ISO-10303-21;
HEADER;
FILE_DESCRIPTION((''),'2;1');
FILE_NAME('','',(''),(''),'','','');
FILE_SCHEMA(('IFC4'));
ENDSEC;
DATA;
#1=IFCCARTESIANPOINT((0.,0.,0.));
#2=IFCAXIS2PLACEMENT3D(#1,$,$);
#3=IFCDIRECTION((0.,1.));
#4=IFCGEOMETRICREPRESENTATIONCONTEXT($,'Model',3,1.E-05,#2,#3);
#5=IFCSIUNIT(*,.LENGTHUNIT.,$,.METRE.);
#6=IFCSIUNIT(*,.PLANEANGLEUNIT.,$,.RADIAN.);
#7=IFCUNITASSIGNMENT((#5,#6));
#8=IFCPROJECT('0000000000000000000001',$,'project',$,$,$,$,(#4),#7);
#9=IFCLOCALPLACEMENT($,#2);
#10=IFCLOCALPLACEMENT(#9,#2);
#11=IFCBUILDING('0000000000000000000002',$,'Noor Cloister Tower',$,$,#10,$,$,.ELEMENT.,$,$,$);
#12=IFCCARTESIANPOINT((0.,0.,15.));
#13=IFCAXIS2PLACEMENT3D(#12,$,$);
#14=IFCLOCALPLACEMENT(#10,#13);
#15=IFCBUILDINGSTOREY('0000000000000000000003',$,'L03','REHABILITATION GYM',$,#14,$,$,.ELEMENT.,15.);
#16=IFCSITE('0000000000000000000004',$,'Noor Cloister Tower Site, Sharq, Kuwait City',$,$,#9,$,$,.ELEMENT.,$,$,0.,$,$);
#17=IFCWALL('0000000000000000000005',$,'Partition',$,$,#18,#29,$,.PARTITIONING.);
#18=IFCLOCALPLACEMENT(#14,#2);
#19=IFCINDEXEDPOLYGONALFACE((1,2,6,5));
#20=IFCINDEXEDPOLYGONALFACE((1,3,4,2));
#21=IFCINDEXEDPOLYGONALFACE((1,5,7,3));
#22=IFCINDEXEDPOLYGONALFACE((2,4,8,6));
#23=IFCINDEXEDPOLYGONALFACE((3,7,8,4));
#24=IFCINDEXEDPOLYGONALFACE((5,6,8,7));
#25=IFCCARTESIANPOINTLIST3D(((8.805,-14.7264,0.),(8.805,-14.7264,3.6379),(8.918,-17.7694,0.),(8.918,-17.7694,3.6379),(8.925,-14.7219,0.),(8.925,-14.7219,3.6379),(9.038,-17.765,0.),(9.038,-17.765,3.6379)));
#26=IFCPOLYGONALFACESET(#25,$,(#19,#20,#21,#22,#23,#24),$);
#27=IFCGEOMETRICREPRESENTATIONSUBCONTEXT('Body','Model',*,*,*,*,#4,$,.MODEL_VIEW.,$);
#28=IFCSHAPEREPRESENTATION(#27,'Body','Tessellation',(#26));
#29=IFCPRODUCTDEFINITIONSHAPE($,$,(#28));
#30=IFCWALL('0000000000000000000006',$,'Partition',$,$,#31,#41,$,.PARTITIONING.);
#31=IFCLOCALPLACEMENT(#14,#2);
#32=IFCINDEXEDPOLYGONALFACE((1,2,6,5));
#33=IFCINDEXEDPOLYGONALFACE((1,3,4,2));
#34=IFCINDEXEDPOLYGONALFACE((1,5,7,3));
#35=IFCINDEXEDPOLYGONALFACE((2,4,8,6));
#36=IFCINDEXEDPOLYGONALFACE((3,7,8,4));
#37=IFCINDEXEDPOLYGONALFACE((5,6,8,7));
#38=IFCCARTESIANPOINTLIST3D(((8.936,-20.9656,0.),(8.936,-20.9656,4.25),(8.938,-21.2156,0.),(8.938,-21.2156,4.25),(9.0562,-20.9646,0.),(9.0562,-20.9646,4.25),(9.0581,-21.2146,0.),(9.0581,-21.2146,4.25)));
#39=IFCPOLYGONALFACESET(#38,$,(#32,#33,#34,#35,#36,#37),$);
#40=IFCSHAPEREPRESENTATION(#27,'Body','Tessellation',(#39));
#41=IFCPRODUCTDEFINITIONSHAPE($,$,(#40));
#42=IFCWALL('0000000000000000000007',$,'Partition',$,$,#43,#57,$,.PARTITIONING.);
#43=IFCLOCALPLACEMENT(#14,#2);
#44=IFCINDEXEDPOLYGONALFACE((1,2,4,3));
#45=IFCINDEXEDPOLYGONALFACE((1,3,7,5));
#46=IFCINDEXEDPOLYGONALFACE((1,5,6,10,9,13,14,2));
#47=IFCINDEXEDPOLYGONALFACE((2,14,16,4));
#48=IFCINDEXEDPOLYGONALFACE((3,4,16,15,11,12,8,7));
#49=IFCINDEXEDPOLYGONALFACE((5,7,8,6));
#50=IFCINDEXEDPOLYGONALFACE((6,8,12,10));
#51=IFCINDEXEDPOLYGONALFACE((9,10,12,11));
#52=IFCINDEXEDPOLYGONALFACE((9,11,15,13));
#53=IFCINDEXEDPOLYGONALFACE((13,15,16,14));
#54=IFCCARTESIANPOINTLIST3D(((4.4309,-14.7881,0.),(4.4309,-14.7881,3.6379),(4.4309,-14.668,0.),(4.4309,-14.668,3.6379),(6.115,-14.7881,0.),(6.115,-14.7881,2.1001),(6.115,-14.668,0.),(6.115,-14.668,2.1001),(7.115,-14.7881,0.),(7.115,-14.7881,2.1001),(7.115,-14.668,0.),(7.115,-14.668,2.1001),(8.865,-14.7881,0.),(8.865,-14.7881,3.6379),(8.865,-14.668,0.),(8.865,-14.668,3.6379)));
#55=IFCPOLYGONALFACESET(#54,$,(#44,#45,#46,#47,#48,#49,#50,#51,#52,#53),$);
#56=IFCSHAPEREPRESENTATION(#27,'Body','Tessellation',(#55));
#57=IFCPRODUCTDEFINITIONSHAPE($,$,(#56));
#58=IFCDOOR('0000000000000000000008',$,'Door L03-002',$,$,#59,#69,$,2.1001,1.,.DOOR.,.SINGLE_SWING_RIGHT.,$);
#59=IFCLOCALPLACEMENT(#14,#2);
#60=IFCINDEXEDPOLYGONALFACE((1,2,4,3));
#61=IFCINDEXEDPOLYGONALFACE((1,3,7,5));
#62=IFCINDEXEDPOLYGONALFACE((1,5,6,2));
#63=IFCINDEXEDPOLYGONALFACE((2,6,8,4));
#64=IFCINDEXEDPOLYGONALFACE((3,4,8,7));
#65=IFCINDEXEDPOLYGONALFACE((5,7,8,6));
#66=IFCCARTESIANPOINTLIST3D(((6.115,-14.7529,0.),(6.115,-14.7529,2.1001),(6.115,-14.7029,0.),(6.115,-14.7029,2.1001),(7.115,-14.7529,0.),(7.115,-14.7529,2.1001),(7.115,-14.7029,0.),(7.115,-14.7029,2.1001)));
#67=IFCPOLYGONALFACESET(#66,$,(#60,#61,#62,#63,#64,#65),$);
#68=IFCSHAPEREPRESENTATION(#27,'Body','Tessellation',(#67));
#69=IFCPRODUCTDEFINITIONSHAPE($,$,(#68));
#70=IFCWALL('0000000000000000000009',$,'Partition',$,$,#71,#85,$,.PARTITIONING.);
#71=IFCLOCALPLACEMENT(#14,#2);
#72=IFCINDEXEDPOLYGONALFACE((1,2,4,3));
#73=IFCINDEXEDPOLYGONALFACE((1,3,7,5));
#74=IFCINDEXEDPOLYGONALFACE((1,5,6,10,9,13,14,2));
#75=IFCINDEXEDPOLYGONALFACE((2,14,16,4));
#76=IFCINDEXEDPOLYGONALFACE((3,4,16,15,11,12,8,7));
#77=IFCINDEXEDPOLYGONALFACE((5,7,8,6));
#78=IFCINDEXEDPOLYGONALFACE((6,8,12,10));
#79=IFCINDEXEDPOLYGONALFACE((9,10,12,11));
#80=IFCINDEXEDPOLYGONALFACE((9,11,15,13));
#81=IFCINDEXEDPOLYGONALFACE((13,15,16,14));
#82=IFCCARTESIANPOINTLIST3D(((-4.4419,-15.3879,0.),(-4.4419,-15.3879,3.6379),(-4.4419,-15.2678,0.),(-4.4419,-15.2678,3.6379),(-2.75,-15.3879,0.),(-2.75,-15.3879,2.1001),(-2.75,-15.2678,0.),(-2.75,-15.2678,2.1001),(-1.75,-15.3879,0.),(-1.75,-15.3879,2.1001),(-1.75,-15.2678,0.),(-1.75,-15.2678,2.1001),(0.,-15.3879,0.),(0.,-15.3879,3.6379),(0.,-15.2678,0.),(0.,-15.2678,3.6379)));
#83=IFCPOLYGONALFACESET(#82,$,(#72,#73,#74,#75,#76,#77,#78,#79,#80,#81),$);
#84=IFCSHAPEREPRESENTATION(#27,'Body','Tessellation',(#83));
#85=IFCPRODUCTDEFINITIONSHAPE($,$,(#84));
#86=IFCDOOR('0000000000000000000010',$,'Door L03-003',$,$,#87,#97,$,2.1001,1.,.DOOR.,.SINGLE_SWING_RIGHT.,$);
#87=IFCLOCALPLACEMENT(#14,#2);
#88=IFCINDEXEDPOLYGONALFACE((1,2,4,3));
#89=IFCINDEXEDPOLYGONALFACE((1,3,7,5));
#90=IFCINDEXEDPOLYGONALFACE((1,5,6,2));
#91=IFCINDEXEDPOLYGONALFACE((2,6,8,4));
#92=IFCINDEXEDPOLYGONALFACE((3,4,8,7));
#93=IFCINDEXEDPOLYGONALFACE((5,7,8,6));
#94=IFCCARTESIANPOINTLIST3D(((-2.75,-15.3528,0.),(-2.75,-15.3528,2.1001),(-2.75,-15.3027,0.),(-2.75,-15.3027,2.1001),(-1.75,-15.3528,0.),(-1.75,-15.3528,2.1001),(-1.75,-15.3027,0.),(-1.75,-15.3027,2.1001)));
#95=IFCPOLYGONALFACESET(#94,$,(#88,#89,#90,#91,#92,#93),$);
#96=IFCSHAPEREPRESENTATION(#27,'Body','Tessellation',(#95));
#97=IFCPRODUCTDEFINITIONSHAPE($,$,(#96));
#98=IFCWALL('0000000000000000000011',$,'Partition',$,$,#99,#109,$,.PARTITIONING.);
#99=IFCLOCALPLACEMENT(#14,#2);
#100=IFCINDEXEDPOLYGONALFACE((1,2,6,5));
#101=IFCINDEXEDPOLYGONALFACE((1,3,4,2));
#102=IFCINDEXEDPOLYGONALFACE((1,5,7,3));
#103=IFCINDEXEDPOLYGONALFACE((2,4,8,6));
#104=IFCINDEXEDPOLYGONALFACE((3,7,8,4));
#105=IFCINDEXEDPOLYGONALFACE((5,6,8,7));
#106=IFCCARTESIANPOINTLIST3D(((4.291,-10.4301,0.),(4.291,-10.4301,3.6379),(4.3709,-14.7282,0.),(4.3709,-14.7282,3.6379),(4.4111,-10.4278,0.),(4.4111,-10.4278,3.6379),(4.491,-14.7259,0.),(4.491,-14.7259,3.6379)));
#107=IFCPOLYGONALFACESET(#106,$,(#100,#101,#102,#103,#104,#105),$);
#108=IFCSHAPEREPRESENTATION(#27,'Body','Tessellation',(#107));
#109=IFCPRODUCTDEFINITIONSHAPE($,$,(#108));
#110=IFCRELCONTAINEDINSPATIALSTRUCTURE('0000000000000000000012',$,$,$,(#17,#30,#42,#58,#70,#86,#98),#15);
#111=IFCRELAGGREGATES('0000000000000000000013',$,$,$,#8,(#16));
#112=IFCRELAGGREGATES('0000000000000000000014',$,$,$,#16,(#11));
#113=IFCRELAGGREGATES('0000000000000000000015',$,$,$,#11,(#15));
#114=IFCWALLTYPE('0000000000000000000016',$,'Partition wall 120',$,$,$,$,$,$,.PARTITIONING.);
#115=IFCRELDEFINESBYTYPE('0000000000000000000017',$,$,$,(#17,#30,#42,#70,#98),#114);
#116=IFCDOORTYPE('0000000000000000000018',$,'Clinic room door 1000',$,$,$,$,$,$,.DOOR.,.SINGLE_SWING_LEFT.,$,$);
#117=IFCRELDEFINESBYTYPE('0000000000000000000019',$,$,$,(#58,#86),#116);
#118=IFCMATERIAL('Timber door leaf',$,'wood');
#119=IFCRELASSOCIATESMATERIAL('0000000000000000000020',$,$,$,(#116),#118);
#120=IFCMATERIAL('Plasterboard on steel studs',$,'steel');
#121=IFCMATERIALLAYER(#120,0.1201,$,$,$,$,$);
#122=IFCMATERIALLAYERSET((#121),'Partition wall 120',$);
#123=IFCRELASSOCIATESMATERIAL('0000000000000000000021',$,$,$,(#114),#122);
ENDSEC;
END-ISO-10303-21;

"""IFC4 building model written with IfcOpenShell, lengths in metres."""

from ifc_helpers import new_model, si_unit, direction, frame, frame_2d, origin, place, context, subcontext, project, spatial, rectangle, extrude, material, layer, layer_set, type_object, element, fill, save


model = new_model("IFC4")

# Units and contexts
model_context = context("Model", 3, precision=1e-05, world=origin(), true_north=direction((0.0, 1.0)))
body_context = subcontext(model_context, "Body", "Model", "MODEL_VIEW")
ifc_project = project(units=[si_unit("LENGTHUNIT", "METRE"), si_unit("PLANEANGLEUNIT", "RADIAN")], contexts=[model_context])

# Site, building, storey
site_placement = place(None, origin())
site = spatial("IfcSite", under=ifc_project, at=site_placement, Name="Noor Cloister Tower Site, Sharq, Kuwait City", CompositionType="ELEMENT", RefElevation=0.0)
building_placement = place(site_placement, origin())
building = spatial("IfcBuilding", under=site, at=building_placement, Name="Noor Cloister Tower", CompositionType="ELEMENT")
storey_placement = place(building_placement, frame((0.0, 0.0, 15.0)))
storey = spatial("IfcBuildingStorey", under=building, at=storey_placement, Name="L03", Description="REHABILITATION GYM", CompositionType="ELEMENT", Elevation=15.0)

# Shared definitions
ifc_material_1 = material(Name="Timber door leaf", Category="wood")
door_type = type_object("IfcDoorType", Name="Clinic room door 1000", OperationType="SINGLE_SWING_LEFT", PredefinedType="DOOR", material=ifc_material_1)

# Shared definitions
ifc_material_2 = material(Name="Plasterboard on steel studs", Category="steel")
ifc_layer_1 = layer(ifc_material_2, 0.1201)
ifc_layer_set_1 = layer_set([ifc_layer_1], Name="Partition wall 120")
wall_type_1 = type_object("IfcWallType", Name="Partition wall 120", PredefinedType="PARTITIONING", material=ifc_layer_set_1)

# Walls
wall_1_placement = place(storey_placement, frame((8.978, -17.7671, 0.0), z_axis=(0.0, 0.0, 1.0), x_axis=(-0.037121, 0.999311, 0.0)))
element("IfcWall", 1, at=wall_1_placement, inside=storey, type_object=wall_type_1, Name="Partition", PredefinedType="PARTITIONING", context=body_context, shape_type="SweptSolid", body=[
    extrude(rectangle(XDim=3.0452, YDim=0.1201, at=frame_2d((1.5225, 0.0))), origin(), (0.0, 0.0, 1.0), 3.6379),
])
wall_2_placement = place(storey_placement, frame((8.998, -21.2151, 0.0), z_axis=(0.0, 0.0, 1.0), x_axis=(-0.007812, 0.999969, 0.0)))
element("IfcWall", 2, at=wall_2_placement, inside=storey, type_object=wall_type_1, Name="Partition", PredefinedType="PARTITIONING", context=body_context, shape_type="SweptSolid", body=[
    extrude(rectangle(XDim=0.25, YDim=0.1201, at=frame_2d((0.125, 0.0))), origin(), (0.0, 0.0, 1.0), 4.25),
])

# Walls, openings, doors
wall_3_placement = place(storey_placement, frame((8.865, -14.728, 0.0), z_axis=(0.0, 0.0, 1.0), x_axis=(-1.0, 0.0, 0.0)))
wall_3 = element("IfcWall", 3, at=wall_3_placement, inside=storey, type_object=wall_type_1, Name="Partition", PredefinedType="PARTITIONING", context=body_context, shape_type="SweptSolid", body=[
    extrude(rectangle(XDim=4.4341, YDim=0.1201, at=frame_2d((2.217, 0.0))), origin(), (0.0, 0.0, 1.0), 3.6379),
])
opening_1_placement = place(wall_3_placement, frame((1.75, 0.0, 0.0)))
opening_1 = element("IfcOpeningElement", 4, at=opening_1_placement, cuts=wall_3, PredefinedType="OPENING", context=body_context, shape_type="SweptSolid", body=[
    extrude(rectangle(XDim=1.0, YDim=2.1001, at=frame_2d((0.5, 1.05))), frame((0.0, 0.0701, 0.0), z_axis=(0.0, -1.0, 0.0), x_axis=(1.0, 0.0, 0.0)), (0.0, 0.0, 1.0), 0.1401),
])
door_1_placement = place(opening_1_placement, origin())
door_1 = element("IfcDoor", 5, at=door_1_placement, inside=storey, type_object=door_type, Name="Door L03-002", OperationType="SINGLE_SWING_RIGHT", OverallHeight=2.1001, OverallWidth=1.0, PredefinedType="DOOR", context=body_context, shape_type="SweptSolid", body=[
    extrude(rectangle(XDim=1.0, YDim=2.1001, at=frame_2d((0.5, 1.05))), frame((0.0, 0.0249, 0.0), z_axis=(0.0, -1.0, 0.0), x_axis=(1.0, 0.0, 0.0)), (0.0, 0.0, 1.0), 0.05),
])
fill(opening_1, door_1)
wall_4_placement = place(storey_placement, frame((0.0, -15.3279, 0.0), z_axis=(0.0, 0.0, 1.0), x_axis=(-1.0, 0.0, 0.0)))
wall_4 = element("IfcWall", 6, at=wall_4_placement, inside=storey, type_object=wall_type_1, Name="Partition", PredefinedType="PARTITIONING", context=body_context, shape_type="SweptSolid", body=[
    extrude(rectangle(XDim=4.4419, YDim=0.1201, at=frame_2d((2.2209, 0.0))), origin(), (0.0, 0.0, 1.0), 3.6379),
])
opening_2_placement = place(wall_4_placement, frame((1.75, 0.0, 0.0)))
opening_2 = element("IfcOpeningElement", 7, at=opening_2_placement, cuts=wall_4, PredefinedType="OPENING", context=body_context, shape_type="SweptSolid", body=[
    extrude(rectangle(XDim=1.0, YDim=2.1001, at=frame_2d((0.5, 1.05))), frame((0.0, 0.0701, 0.0), z_axis=(0.0, -1.0, 0.0), x_axis=(1.0, 0.0, 0.0)), (0.0, 0.0, 1.0), 0.1401),
])
door_2_placement = place(opening_2_placement, origin())
door_2 = element("IfcDoor", 8, at=door_2_placement, inside=storey, type_object=door_type, Name="Door L03-003", OperationType="SINGLE_SWING_RIGHT", OverallHeight=2.1001, OverallWidth=1.0, PredefinedType="DOOR", context=body_context, shape_type="SweptSolid", body=[
    extrude(rectangle(XDim=1.0, YDim=2.1001, at=frame_2d((0.5, 1.05))), frame((0.0, 0.0249, 0.0), z_axis=(0.0, -1.0, 0.0), x_axis=(1.0, 0.0, 0.0)), (0.0, 0.0, 1.0), 0.05),
])
fill(opening_2, door_2)

# Wall
wall_5_placement = place(storey_placement, frame((4.4309, -14.7271, 0.0), z_axis=(0.0, 0.0, 1.0), x_axis=(-0.018571, 0.999828, 0.0)))
element("IfcWall", 9, at=wall_5_placement, inside=storey, type_object=wall_type_1, Name="Partition", PredefinedType="PARTITIONING", context=body_context, shape_type="SweptSolid", body=[
    extrude(rectangle(XDim=4.2988, YDim=0.1201, at=frame_2d((2.1494, 0.0))), origin(), (0.0, 0.0, 1.0), 3.6379),
])

save(model, "model.ifc")
